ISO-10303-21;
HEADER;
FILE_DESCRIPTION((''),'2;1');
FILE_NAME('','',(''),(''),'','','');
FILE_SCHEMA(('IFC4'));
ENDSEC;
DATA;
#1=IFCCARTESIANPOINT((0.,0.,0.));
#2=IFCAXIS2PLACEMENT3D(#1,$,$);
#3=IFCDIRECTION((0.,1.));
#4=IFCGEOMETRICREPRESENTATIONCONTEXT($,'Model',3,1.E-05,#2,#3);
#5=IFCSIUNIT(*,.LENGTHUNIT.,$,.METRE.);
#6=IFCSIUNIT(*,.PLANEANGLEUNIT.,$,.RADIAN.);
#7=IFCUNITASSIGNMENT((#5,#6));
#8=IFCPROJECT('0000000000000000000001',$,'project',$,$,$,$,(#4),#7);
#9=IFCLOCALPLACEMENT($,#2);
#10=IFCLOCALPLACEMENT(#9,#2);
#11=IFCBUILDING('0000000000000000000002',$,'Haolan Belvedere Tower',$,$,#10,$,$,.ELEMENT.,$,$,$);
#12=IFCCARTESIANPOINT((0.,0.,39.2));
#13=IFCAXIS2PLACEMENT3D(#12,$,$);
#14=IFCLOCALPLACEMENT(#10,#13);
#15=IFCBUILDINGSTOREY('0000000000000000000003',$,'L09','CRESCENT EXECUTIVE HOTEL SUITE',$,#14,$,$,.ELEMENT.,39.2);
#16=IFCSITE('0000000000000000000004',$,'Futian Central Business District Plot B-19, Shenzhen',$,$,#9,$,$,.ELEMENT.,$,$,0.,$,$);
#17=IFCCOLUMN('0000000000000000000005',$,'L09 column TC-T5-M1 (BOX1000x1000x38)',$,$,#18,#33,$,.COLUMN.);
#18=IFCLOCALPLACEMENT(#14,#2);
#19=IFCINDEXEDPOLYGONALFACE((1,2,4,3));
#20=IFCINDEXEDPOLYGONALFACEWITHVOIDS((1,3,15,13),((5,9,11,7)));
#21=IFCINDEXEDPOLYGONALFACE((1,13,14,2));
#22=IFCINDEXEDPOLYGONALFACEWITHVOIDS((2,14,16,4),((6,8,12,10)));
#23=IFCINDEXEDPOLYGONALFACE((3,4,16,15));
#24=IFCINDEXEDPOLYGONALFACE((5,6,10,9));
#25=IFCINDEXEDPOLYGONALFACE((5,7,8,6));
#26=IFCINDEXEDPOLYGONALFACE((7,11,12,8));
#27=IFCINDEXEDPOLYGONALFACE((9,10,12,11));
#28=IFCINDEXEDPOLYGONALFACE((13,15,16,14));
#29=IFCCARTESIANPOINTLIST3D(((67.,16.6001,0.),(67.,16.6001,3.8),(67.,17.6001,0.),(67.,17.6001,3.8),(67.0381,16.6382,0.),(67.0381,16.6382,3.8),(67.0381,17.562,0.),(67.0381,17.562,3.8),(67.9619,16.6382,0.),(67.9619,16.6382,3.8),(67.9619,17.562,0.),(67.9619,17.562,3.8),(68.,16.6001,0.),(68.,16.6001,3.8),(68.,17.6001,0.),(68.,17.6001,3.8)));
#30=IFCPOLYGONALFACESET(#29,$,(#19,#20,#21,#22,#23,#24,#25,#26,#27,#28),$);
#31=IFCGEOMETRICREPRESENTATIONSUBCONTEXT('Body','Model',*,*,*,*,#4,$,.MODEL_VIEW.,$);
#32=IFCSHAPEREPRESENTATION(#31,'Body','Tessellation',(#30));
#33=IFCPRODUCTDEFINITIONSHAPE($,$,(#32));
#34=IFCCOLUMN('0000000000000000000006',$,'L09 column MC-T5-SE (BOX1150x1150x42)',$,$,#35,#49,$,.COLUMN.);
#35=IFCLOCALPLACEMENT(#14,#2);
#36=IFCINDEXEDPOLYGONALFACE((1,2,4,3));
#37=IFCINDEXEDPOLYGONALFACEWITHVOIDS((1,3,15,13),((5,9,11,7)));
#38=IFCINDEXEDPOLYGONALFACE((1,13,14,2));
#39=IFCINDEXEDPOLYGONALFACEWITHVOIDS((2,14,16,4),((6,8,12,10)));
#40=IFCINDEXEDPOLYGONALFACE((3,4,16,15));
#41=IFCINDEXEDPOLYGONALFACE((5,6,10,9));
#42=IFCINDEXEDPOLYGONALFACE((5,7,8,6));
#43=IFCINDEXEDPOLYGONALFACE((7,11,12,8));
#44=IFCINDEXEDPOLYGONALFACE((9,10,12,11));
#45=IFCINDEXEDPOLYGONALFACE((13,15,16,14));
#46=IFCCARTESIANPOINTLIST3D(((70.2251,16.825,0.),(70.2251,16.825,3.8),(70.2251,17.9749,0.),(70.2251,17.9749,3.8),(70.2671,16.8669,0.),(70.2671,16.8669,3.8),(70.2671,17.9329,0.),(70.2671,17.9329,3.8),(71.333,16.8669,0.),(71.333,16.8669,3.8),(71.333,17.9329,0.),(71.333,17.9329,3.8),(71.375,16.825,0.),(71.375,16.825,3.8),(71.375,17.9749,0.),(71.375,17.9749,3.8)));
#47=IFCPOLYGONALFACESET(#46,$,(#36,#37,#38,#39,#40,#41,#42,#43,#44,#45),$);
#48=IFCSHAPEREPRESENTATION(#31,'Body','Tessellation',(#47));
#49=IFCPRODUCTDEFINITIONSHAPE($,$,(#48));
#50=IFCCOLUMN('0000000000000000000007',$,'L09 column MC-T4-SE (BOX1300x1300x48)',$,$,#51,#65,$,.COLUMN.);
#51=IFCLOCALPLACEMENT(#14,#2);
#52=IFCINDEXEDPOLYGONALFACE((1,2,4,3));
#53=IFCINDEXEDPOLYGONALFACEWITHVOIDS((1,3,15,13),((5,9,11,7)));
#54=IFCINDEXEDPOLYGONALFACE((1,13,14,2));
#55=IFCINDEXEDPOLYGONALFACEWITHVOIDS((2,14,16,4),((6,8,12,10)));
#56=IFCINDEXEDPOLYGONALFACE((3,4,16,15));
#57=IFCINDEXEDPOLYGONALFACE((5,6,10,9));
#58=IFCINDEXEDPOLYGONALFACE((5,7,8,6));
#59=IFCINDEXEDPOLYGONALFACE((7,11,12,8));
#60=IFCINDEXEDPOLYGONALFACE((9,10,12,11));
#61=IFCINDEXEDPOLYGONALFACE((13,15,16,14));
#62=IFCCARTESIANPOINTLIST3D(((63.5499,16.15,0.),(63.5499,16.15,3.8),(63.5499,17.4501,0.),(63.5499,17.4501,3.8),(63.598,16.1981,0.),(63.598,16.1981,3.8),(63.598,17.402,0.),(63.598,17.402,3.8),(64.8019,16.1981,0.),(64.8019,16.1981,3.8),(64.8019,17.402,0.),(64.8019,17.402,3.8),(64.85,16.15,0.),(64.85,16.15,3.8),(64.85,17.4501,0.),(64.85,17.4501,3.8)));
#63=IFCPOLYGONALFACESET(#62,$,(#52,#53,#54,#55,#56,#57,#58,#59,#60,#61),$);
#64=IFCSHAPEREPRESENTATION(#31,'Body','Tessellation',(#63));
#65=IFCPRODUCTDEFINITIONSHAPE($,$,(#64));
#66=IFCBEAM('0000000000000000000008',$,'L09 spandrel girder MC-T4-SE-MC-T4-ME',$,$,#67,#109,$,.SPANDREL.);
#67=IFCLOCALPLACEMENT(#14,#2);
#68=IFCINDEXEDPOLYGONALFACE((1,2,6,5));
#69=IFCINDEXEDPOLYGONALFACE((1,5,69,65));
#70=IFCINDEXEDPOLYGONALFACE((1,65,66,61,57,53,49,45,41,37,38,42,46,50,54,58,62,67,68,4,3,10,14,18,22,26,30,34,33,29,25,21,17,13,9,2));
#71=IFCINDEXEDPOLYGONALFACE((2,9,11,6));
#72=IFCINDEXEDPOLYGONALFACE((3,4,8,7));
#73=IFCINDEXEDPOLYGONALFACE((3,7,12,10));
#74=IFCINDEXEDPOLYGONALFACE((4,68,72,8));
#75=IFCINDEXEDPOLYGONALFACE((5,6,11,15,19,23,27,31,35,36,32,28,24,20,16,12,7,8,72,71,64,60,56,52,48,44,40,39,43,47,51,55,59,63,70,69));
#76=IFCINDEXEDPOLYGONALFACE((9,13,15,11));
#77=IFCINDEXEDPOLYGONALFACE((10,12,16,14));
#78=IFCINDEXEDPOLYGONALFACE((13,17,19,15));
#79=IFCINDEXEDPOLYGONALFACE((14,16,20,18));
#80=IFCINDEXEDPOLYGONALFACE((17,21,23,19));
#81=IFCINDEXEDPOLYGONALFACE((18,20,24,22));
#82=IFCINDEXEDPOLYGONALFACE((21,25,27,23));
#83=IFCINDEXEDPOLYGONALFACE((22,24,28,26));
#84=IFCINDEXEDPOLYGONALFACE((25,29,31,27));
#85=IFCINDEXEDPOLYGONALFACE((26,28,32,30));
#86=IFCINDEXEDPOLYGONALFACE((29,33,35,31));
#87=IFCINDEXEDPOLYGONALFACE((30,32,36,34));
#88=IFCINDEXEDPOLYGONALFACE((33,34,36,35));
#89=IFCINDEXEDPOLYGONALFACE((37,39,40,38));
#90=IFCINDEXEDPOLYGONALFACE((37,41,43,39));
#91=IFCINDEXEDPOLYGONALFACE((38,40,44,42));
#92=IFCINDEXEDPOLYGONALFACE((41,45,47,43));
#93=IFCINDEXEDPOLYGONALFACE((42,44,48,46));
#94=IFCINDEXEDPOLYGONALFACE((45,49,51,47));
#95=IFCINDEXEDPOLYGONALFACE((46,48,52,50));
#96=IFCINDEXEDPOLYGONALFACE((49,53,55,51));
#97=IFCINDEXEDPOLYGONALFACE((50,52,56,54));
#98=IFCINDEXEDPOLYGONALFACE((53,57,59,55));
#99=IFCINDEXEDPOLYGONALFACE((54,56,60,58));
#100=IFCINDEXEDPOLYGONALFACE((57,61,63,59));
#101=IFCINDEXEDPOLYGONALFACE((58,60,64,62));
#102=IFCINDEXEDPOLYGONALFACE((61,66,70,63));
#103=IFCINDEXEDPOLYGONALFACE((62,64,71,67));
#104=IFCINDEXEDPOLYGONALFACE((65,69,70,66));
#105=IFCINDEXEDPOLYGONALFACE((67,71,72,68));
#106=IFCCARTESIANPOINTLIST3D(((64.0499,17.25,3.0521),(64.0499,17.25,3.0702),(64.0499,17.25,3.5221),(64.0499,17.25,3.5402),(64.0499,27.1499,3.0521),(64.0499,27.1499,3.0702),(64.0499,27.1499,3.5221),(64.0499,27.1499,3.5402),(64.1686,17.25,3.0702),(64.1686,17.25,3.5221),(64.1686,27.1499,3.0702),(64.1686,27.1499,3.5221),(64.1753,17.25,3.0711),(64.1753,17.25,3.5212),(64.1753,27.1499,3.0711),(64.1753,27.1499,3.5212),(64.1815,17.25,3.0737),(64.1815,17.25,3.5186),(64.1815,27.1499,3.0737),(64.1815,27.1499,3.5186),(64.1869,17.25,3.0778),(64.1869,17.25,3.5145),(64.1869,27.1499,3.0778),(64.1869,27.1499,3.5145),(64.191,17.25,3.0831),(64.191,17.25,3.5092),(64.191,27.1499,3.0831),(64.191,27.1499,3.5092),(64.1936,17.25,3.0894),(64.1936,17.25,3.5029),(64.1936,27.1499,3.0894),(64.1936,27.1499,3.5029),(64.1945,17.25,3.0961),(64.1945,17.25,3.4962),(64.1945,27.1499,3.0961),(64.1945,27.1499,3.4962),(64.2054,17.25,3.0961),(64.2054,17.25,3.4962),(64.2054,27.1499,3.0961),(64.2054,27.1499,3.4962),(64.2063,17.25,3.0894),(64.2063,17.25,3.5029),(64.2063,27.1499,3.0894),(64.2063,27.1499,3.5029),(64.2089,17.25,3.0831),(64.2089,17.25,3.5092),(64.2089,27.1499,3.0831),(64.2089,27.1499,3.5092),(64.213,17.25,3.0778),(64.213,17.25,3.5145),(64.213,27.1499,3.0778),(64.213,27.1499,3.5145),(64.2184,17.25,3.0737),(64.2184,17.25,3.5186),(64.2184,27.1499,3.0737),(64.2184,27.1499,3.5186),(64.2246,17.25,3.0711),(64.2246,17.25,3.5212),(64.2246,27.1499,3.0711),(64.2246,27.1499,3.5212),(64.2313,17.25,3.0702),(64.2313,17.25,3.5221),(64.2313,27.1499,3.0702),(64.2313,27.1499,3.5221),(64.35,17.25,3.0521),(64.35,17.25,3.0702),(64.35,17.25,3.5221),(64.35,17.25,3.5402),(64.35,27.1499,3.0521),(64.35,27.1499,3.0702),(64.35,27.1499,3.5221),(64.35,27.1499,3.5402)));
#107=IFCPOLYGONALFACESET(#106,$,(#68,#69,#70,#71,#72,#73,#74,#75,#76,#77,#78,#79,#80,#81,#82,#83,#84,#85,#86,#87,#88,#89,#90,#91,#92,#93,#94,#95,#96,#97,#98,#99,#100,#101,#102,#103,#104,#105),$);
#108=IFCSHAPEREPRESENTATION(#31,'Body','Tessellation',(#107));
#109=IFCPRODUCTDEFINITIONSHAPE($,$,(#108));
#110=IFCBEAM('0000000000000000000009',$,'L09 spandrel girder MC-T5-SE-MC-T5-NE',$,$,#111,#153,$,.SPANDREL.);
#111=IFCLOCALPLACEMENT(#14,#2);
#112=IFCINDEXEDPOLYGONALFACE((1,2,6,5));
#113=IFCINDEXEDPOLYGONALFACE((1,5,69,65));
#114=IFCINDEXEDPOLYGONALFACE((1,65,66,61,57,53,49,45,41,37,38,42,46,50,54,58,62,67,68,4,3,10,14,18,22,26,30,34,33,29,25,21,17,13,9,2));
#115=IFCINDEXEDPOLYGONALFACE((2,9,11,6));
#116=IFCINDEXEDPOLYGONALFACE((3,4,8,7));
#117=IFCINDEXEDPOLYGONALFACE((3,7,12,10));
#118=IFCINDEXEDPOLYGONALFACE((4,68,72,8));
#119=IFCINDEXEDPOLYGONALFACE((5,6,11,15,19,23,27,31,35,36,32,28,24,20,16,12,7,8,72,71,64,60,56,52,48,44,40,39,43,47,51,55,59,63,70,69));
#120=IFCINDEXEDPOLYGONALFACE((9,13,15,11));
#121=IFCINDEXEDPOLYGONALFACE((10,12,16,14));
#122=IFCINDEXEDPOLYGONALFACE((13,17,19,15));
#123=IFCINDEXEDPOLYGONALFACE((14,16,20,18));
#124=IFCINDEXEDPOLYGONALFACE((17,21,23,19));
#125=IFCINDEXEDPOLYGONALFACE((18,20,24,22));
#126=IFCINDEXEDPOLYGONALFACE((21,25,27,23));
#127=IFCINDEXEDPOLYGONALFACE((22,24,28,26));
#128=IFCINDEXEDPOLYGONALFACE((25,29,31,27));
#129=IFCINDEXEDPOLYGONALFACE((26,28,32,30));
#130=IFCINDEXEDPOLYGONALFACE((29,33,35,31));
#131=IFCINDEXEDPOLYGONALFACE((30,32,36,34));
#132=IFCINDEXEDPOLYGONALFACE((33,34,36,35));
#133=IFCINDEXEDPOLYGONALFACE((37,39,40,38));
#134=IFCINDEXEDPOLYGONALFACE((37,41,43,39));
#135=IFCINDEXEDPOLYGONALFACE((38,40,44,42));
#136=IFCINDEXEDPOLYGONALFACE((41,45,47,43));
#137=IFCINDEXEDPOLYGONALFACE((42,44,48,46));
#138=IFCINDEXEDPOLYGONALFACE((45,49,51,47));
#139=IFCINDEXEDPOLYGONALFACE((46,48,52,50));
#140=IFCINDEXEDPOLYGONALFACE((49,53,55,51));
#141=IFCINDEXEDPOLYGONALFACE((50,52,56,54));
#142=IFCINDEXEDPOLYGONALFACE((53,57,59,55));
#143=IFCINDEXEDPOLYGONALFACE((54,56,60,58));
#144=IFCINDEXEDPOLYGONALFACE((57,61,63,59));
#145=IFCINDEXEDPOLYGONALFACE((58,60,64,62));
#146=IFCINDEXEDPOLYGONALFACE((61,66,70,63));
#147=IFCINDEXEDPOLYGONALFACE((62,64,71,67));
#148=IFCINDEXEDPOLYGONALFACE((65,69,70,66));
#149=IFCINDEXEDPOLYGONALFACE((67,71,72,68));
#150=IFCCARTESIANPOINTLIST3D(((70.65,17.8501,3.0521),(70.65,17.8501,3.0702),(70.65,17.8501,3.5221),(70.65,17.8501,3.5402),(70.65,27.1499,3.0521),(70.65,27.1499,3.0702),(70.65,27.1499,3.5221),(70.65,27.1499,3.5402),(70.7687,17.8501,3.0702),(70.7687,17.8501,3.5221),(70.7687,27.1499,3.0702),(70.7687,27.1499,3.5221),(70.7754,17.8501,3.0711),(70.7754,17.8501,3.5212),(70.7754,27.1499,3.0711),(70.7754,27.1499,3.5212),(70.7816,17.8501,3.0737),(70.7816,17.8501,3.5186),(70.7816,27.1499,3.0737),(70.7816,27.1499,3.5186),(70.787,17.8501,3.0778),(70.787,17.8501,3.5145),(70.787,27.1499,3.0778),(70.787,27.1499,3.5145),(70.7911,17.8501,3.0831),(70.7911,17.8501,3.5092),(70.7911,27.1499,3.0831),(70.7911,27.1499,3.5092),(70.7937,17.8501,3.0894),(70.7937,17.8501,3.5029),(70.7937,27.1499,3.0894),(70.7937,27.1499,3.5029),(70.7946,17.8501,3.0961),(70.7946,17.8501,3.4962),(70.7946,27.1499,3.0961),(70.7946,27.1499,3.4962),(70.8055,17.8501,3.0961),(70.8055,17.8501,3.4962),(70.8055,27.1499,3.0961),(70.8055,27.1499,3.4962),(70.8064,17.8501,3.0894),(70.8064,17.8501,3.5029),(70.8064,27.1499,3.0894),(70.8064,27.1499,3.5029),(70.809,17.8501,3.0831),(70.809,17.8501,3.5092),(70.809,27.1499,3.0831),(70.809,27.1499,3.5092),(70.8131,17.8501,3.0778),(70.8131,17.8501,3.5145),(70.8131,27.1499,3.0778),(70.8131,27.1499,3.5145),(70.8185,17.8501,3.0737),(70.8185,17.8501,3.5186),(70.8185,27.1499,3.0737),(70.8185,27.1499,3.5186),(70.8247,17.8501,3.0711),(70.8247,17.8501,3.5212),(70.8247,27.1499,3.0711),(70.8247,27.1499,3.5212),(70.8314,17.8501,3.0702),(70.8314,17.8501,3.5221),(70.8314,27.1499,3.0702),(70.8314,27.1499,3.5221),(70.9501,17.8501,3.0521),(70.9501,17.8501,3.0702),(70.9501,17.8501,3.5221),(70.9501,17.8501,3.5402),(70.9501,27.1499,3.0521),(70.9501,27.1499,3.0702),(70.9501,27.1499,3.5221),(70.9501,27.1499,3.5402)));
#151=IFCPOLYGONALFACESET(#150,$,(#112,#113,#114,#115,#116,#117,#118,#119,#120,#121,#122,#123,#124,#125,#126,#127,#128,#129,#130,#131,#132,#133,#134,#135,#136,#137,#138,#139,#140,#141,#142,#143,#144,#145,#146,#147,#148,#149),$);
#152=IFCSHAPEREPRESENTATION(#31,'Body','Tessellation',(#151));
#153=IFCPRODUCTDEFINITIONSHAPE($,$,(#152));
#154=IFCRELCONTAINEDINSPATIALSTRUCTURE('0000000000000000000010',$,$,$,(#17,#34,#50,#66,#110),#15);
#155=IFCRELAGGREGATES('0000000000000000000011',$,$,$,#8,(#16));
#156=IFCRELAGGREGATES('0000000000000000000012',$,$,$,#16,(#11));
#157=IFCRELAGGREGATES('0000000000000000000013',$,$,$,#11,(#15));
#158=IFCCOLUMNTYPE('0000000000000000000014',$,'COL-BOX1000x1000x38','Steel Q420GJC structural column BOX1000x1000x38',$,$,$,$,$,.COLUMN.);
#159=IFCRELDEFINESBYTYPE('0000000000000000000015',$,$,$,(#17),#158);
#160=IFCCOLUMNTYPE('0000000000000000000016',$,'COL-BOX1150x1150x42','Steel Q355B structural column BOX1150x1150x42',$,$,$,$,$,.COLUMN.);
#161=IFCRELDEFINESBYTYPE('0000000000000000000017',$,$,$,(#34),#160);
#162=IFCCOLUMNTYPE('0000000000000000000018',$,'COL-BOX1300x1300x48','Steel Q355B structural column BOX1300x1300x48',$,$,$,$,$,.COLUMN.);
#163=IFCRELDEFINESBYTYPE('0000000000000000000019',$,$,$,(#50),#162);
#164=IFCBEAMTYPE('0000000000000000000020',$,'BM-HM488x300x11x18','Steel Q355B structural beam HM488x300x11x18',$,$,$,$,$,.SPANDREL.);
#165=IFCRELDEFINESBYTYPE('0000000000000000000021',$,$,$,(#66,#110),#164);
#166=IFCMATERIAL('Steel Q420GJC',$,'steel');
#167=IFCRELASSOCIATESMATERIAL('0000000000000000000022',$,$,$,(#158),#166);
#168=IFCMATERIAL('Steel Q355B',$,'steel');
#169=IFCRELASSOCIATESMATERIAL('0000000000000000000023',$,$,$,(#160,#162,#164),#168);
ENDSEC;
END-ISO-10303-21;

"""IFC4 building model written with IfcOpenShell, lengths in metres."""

from ifc_helpers import new_model, si_unit, direction, frame, origin, origin_2d, place, context, subcontext, project, spatial, hollow_rectangle, i_section, extrude, material, material_profile, profile_set, type_object, element, save


model = new_model("IFC4")

# Units and contexts
model_context = context("Model", 3, precision=1e-05, world=origin(), true_north=direction((0.0, 1.0)))
body_context = subcontext(model_context, "Body", "Model", "MODEL_VIEW")
ifc_project = project(units=[si_unit("LENGTHUNIT", "METRE"), si_unit("PLANEANGLEUNIT", "RADIAN")], contexts=[model_context])

# Site, building, storey
site_placement = place(None, origin())
site = spatial("IfcSite", under=ifc_project, at=site_placement, Name="Futian Central Business District Plot B-19, Shenzhen", CompositionType="ELEMENT", RefElevation=0.0)
building_placement = place(site_placement, origin())
building = spatial("IfcBuilding", under=site, at=building_placement, Name="Haolan Belvedere Tower", CompositionType="ELEMENT")
storey_placement = place(building_placement, frame((0.0, 0.0, 39.2)))
storey = spatial("IfcBuildingStorey", under=building, at=storey_placement, Name="L09", Description="CRESCENT EXECUTIVE HOTEL SUITE", CompositionType="ELEMENT", Elevation=39.2)

# Columns
ifc_material_1 = material(Name="Steel Q420GJC", Category="steel")
ifc_material_profile_1 = material_profile(ifc_material_1, hollow_rectangle(XDim=1.0, YDim=1.0, WallThickness=0.0381, at=origin_2d()), Name="Steel Q420GJC")
ifc_profile_set_1 = profile_set([ifc_material_profile_1], Name="Steel Q420GJC")
column_type_1 = type_object("IfcColumnType", Name="COL-BOX1000x1000x38", Description="Steel Q420GJC structural column BOX1000x1000x38", PredefinedType="COLUMN", material=ifc_profile_set_1)
column_1_placement = place(storey_placement, frame((67.5, 17.1001, 0.0), z_axis=(0.0, 0.0, 1.0), x_axis=(1.0, 0.0, 0.0)))
element("IfcColumn", 1, at=column_1_placement, inside=storey, type_object=column_type_1, Name="L09 column TC-T5-M1 (BOX1000x1000x38)", PredefinedType="COLUMN", context=body_context, shape_type="SweptSolid", body=[
    extrude(hollow_rectangle(XDim=1.0, YDim=1.0, WallThickness=0.0381, at=origin_2d()), origin(), (0.0, 0.0, 1.0), 3.8),
])
ifc_material_2 = material(Name="Steel Q355B", Category="steel")
ifc_material_profile_2 = material_profile(ifc_material_2, hollow_rectangle(XDim=1.1499, YDim=1.1499, WallThickness=0.042, at=origin_2d()), Name="Steel Q355B")
ifc_profile_set_2 = profile_set([ifc_material_profile_2], Name="Steel Q355B")
column_type_2 = type_object("IfcColumnType", Name="COL-BOX1150x1150x42", Description="Steel Q355B structural column BOX1150x1150x42", PredefinedType="COLUMN", material=ifc_profile_set_2)
column_2_placement = place(storey_placement, frame((70.8, 17.3999, 0.0), z_axis=(0.0, 0.0, 1.0), x_axis=(1.0, 0.0, 0.0)))
element("IfcColumn", 2, at=column_2_placement, inside=storey, type_object=column_type_2, Name="L09 column MC-T5-SE (BOX1150x1150x42)", PredefinedType="COLUMN", context=body_context, shape_type="SweptSolid", body=[
    extrude(hollow_rectangle(XDim=1.1499, YDim=1.1499, WallThickness=0.042, at=origin_2d()), origin(), (0.0, 0.0, 1.0), 3.8),
])
ifc_material_profile_3 = material_profile(ifc_material_2, hollow_rectangle(XDim=1.3, YDim=1.3, WallThickness=0.0481, at=origin_2d()), Name="Steel Q355B")
ifc_profile_set_3 = profile_set([ifc_material_profile_3], Name="Steel Q355B")
column_type_3 = type_object("IfcColumnType", Name="COL-BOX1300x1300x48", Description="Steel Q355B structural column BOX1300x1300x48", PredefinedType="COLUMN", material=ifc_profile_set_3)
column_3_placement = place(storey_placement, frame((64.2, 16.8, 0.0), z_axis=(0.0, 0.0, 1.0), x_axis=(1.0, 0.0, 0.0)))
element("IfcColumn", 3, at=column_3_placement, inside=storey, type_object=column_type_3, Name="L09 column MC-T4-SE (BOX1300x1300x48)", PredefinedType="COLUMN", context=body_context, shape_type="SweptSolid", body=[
    extrude(hollow_rectangle(XDim=1.3, YDim=1.3, WallThickness=0.0481, at=origin_2d()), origin(), (0.0, 0.0, 1.0), 3.8),
])

# Beams
ifc_material_profile_4 = material_profile(ifc_material_2, i_section(OverallWidth=0.3, OverallDepth=0.488, WebThickness=0.011, FlangeThickness=0.0181, FilletRadius=0.0259, at=origin_2d()), Name="Steel Q355B")
ifc_profile_set_4 = profile_set([ifc_material_profile_4], Name="Steel Q355B")
beam_type = type_object("IfcBeamType", Name="BM-HM488x300x11x18", Description="Steel Q355B structural beam HM488x300x11x18", PredefinedType="SPANDREL", material=ifc_profile_set_4)
beam_1_placement = place(storey_placement, frame((64.2, 17.25, 3.2961), z_axis=(0.0, 1.0, 0.0), x_axis=(-1.0, 0.0, 0.0)))
element("IfcBeam", 4, at=beam_1_placement, inside=storey, type_object=beam_type, Name="L09 spandrel girder MC-T4-SE-MC-T4-ME", PredefinedType="SPANDREL", context=body_context, shape_type="SweptSolid", body=[
    extrude(i_section(OverallWidth=0.3, OverallDepth=0.488, WebThickness=0.011, FlangeThickness=0.0181, FilletRadius=0.0259, at=origin_2d()), origin(), (0.0, 0.0, 1.0), 9.8999),
])
beam_2_placement = place(storey_placement, frame((70.8, 17.8501, 3.2961), z_axis=(0.0, 1.0, 0.0), x_axis=(-1.0, 0.0, 0.0)))
element("IfcBeam", 5, at=beam_2_placement, inside=storey, type_object=beam_type, Name="L09 spandrel girder MC-T5-SE-MC-T5-NE", PredefinedType="SPANDREL", context=body_context, shape_type="SweptSolid", body=[
    extrude(i_section(OverallWidth=0.3, OverallDepth=0.488, WebThickness=0.011, FlangeThickness=0.0181, FilletRadius=0.0259, at=origin_2d()), origin(), (0.0, 0.0, 1.0), 9.2998),
])

save(model, "model.ifc")
